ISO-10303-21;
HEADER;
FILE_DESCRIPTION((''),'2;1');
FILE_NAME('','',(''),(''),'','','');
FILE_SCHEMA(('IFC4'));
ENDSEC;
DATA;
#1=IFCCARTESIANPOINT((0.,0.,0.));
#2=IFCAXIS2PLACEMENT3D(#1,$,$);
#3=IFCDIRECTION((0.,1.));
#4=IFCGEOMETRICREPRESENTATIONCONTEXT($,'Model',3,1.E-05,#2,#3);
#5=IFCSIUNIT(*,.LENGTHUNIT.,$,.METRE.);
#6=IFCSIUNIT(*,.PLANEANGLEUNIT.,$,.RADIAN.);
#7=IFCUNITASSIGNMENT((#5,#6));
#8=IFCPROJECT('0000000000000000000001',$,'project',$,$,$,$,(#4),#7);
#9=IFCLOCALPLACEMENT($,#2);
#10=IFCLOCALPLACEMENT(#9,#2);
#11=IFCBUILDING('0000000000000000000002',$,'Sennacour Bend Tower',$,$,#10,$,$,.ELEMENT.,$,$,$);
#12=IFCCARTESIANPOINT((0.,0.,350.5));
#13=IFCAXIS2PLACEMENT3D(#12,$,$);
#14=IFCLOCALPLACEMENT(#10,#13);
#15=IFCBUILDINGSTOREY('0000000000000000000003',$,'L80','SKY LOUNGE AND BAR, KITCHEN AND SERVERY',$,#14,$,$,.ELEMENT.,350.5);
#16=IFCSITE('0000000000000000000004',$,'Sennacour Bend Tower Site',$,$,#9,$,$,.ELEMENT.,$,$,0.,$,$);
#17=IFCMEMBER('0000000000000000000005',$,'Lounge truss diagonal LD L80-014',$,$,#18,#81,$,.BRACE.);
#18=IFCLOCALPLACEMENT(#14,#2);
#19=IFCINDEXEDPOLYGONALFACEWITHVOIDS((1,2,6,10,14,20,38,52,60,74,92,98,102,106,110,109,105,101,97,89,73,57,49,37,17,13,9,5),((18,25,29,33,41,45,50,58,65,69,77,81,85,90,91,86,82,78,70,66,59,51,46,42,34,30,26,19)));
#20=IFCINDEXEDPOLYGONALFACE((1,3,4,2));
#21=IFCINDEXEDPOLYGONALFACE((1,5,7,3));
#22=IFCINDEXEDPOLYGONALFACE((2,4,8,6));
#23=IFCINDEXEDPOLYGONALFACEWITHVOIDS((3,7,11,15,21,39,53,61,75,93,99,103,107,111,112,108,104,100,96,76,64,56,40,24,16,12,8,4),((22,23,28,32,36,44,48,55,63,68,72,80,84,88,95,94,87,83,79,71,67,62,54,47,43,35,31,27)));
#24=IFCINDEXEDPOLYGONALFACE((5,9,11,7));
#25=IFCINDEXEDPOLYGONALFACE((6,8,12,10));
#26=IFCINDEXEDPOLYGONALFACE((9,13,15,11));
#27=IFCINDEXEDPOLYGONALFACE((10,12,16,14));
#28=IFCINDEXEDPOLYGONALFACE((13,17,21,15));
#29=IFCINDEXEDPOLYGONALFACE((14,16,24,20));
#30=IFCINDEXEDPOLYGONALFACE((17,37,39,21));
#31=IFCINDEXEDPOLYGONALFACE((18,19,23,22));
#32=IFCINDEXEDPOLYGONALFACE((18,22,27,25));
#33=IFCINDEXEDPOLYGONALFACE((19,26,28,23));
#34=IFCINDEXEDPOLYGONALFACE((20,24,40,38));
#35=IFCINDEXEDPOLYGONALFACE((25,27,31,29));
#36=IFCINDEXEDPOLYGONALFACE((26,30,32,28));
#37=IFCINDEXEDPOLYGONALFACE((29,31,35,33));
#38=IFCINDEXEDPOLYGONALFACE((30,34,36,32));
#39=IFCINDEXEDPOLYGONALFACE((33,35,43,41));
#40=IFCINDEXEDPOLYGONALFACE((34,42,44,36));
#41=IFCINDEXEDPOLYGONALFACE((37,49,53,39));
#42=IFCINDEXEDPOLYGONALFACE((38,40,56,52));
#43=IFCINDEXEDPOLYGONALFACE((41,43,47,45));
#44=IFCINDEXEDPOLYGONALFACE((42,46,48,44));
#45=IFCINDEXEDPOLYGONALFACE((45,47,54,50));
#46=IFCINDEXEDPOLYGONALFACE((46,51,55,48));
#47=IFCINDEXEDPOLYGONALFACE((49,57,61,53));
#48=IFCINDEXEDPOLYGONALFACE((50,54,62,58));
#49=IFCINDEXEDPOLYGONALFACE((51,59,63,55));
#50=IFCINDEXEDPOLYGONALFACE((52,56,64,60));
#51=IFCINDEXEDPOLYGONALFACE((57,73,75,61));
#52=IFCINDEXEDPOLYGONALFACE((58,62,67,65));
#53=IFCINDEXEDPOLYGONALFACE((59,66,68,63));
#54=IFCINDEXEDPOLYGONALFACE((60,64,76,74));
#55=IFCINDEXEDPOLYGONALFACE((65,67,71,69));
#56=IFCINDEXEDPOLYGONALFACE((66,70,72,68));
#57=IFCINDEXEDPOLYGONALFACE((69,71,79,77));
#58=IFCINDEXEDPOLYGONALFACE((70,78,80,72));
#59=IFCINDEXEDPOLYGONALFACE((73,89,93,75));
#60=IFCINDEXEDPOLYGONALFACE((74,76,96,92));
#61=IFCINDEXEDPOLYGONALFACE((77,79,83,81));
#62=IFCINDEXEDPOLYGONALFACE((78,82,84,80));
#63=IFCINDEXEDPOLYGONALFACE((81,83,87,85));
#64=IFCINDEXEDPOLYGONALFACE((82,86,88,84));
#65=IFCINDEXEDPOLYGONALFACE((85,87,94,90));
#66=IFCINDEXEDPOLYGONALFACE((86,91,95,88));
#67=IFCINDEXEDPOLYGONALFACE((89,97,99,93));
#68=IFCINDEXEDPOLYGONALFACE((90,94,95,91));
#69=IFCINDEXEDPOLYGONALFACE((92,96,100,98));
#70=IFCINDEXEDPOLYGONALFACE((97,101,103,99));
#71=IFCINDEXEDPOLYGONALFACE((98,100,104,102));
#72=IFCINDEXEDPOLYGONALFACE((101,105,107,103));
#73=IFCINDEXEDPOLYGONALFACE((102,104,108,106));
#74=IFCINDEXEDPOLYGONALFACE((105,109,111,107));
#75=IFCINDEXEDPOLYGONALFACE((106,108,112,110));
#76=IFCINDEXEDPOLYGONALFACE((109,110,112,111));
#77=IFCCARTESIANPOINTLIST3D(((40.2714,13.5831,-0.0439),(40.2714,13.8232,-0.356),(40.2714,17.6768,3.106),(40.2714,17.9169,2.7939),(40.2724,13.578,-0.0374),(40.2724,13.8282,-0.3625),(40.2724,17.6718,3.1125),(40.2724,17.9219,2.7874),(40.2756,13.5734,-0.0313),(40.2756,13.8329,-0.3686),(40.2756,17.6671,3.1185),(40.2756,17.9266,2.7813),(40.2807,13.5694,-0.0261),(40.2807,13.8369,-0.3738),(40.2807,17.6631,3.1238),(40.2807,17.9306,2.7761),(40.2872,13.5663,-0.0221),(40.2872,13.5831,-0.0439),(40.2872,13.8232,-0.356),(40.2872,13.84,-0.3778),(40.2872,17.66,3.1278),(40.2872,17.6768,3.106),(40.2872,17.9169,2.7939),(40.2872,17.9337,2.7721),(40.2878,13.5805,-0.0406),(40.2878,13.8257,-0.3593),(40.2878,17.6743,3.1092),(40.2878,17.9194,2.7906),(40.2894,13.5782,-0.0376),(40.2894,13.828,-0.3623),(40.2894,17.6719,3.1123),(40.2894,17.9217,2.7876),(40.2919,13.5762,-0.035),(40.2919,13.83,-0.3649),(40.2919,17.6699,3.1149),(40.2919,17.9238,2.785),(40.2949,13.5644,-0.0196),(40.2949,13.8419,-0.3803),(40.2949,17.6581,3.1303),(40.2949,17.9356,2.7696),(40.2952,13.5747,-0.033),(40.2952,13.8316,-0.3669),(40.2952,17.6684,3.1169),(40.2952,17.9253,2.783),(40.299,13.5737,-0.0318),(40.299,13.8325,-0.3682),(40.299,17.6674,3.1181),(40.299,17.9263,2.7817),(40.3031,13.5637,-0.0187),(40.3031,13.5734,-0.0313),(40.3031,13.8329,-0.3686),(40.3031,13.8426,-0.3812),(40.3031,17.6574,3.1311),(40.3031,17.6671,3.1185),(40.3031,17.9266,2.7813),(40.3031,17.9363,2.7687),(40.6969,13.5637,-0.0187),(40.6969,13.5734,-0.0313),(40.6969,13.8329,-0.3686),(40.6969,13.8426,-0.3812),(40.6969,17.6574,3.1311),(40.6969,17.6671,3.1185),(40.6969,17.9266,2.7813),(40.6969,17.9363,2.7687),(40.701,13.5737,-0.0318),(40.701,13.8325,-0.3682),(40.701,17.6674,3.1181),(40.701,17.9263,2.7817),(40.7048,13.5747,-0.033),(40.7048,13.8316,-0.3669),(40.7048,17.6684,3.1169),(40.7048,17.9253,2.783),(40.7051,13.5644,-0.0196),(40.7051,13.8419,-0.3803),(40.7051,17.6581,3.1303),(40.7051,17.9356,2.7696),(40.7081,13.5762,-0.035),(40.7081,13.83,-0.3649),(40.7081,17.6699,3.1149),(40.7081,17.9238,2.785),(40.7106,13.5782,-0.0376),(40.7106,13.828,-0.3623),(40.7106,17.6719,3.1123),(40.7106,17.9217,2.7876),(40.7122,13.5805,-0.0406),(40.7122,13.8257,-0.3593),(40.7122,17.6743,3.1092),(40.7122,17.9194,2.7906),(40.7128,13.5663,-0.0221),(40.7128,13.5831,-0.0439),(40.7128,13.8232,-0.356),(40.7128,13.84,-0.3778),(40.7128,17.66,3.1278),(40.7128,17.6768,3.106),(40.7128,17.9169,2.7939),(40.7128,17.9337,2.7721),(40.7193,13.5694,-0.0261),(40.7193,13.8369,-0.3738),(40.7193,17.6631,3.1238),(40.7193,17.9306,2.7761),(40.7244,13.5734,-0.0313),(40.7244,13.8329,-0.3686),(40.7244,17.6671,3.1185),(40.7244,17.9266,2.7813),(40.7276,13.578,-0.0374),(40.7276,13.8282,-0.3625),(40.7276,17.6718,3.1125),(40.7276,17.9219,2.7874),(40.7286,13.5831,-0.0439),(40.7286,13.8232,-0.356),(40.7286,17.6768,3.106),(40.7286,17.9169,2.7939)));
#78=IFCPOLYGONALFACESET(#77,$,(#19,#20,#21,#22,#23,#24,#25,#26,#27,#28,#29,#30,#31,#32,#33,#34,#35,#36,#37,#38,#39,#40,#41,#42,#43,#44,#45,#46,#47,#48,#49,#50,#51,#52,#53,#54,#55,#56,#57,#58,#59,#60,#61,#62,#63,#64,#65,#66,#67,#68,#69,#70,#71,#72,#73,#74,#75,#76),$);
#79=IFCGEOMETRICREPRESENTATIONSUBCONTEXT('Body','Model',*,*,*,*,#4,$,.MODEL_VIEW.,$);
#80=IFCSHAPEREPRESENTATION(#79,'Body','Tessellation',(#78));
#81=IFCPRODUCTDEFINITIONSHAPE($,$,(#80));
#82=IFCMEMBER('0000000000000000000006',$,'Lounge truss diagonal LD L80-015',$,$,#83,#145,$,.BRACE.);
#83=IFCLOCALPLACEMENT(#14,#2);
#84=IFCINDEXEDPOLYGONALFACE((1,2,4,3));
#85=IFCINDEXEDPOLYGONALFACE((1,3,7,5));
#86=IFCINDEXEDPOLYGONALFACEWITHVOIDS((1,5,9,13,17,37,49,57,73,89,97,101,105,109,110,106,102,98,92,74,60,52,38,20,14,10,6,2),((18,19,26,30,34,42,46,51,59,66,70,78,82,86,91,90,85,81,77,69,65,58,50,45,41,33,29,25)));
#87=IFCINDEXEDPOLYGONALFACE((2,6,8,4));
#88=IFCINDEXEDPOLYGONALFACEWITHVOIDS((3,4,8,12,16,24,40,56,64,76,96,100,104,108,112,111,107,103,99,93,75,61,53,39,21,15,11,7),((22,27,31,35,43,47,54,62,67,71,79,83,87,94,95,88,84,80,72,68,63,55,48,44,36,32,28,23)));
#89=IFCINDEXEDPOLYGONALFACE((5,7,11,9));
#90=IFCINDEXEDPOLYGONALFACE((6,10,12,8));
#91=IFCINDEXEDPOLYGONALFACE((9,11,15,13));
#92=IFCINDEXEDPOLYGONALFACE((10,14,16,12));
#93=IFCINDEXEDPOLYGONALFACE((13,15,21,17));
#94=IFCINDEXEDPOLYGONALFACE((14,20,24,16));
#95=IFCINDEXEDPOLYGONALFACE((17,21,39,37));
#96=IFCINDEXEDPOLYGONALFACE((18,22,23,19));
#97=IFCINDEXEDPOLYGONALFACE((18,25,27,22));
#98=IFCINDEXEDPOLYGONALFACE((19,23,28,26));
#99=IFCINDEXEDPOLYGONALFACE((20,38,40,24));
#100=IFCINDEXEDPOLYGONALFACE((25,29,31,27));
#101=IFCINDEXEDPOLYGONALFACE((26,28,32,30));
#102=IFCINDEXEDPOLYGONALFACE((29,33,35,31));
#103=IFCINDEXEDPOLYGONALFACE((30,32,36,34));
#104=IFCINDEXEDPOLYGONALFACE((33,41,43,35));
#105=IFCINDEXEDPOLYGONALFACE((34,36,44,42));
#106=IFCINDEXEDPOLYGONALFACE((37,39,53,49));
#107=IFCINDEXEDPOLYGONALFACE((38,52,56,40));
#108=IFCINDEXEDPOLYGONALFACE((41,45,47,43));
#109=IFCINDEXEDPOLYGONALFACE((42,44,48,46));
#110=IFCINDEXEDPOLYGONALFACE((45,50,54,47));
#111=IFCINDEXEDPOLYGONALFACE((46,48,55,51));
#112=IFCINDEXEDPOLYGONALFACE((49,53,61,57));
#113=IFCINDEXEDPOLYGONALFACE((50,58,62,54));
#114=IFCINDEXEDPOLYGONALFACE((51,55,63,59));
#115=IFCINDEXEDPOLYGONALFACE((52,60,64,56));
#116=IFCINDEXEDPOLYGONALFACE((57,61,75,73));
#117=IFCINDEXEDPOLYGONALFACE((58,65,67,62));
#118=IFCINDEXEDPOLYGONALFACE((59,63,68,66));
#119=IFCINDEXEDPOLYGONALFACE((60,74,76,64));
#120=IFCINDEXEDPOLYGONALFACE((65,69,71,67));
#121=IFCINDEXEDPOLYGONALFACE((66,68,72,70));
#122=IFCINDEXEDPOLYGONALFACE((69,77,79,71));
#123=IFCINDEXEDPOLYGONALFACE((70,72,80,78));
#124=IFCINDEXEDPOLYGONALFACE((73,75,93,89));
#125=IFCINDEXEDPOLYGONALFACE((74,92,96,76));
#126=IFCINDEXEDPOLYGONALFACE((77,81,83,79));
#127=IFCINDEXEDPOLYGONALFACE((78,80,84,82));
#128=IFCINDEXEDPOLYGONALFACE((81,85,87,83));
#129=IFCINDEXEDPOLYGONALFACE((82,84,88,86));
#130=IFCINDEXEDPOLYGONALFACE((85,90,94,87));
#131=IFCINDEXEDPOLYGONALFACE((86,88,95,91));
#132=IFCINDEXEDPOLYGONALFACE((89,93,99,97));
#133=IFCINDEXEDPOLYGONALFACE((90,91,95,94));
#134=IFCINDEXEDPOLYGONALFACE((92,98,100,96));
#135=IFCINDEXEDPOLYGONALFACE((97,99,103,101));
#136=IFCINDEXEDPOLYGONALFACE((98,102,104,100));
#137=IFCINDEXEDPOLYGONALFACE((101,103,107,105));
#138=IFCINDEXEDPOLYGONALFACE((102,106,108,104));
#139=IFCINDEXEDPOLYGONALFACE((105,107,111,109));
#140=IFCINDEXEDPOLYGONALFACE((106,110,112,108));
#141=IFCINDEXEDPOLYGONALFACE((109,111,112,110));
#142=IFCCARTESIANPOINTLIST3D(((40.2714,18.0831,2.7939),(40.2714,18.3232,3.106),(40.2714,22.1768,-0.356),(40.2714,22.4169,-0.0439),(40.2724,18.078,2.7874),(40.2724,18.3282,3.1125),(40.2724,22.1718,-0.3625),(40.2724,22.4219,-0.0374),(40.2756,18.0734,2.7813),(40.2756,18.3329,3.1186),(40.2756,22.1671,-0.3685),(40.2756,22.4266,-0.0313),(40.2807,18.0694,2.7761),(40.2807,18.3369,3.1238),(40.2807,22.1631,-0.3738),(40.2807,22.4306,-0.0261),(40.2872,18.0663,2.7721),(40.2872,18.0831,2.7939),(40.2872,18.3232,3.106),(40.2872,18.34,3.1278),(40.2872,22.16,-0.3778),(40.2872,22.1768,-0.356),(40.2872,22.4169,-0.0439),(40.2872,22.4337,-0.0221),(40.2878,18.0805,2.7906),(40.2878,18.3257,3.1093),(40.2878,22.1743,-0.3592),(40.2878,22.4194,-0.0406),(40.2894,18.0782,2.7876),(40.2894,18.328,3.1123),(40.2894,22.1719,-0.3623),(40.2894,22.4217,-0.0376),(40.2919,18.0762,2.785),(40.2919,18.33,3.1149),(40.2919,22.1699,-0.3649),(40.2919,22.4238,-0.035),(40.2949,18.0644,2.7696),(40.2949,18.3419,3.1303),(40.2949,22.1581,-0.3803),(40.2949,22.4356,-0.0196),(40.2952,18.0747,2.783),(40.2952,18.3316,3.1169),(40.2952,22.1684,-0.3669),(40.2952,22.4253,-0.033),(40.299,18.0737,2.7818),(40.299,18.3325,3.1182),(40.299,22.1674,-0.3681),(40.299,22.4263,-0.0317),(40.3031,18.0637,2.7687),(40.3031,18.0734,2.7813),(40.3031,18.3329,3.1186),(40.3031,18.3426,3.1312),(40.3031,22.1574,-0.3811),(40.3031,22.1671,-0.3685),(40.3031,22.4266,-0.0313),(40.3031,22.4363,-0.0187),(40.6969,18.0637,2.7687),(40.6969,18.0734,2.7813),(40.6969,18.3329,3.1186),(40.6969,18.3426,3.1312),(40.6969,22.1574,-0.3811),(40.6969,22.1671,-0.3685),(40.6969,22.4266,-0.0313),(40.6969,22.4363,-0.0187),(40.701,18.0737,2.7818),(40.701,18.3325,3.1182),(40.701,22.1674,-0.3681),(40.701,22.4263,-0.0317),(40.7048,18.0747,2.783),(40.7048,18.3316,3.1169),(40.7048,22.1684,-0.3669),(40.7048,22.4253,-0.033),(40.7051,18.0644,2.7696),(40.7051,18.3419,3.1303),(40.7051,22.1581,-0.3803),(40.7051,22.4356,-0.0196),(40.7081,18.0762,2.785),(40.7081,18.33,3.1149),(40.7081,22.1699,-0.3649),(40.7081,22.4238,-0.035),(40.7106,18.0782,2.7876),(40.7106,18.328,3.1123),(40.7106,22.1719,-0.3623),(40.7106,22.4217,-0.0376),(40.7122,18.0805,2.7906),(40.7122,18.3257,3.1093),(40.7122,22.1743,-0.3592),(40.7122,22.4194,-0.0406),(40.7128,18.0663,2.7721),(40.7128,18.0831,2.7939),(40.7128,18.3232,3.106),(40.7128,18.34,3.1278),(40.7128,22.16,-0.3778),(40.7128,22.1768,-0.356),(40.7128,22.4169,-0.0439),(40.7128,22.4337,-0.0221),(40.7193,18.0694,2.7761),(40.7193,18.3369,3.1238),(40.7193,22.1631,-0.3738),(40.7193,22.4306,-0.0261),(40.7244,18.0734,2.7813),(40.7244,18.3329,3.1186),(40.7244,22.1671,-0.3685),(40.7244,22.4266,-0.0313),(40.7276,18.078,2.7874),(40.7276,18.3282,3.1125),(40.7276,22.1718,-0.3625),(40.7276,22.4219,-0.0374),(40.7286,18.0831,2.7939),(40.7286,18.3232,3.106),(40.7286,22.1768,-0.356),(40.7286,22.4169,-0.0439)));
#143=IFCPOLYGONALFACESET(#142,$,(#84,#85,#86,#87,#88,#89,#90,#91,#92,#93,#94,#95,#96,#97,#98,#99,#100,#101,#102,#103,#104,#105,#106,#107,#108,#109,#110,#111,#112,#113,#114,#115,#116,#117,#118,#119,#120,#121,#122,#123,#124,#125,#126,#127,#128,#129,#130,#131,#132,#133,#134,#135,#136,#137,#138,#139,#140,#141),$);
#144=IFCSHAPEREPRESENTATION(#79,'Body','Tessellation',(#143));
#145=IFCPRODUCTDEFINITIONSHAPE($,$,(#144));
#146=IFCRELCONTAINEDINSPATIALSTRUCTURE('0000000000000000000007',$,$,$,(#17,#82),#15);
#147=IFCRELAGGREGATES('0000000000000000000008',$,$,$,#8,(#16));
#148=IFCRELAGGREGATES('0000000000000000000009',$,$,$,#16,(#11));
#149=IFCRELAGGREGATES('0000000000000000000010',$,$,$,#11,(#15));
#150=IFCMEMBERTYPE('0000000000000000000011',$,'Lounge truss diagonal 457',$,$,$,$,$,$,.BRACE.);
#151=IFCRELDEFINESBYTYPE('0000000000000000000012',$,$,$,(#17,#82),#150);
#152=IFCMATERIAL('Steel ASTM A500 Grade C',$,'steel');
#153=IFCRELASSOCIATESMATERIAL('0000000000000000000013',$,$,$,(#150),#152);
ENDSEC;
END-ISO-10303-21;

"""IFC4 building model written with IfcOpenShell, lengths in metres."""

from ifc_helpers import new_model, si_unit, direction, frame, origin, origin_2d, place, context, subcontext, project, spatial, hollow_rectangle, extrude, material, material_profile, profile_set, type_object, element, save


model = new_model("IFC4")

# Units and contexts
model_context = context("Model", 3, precision=1e-05, world=origin(), true_north=direction((0.0, 1.0)))
body_context = subcontext(model_context, "Body", "Model", "MODEL_VIEW")
ifc_project = project(units=[si_unit("LENGTHUNIT", "METRE"), si_unit("PLANEANGLEUNIT", "RADIAN")], contexts=[model_context])

# Site, building, storey
site_placement = place(None, origin())
site = spatial("IfcSite", under=ifc_project, at=site_placement, Name="Sennacour Bend Tower Site", CompositionType="ELEMENT", RefElevation=0.0)
building_placement = place(site_placement, origin())
building = spatial("IfcBuilding", under=site, at=building_placement, Name="Sennacour Bend Tower", CompositionType="ELEMENT")
storey_placement = place(building_placement, frame((0.0, 0.0, 350.5)))
storey = spatial("IfcBuildingStorey", under=building, at=storey_placement, Name="L80", Description="SKY LOUNGE AND BAR, KITCHEN AND SERVERY", CompositionType="ELEMENT", Elevation=350.5)

# Members
ifc_material_1 = material(Name="Steel ASTM A500 Grade C", Category="steel")
ifc_material_profile_1 = material_profile(ifc_material_1, hollow_rectangle(XDim=0.4573, YDim=0.4573, WallThickness=0.0159, InnerFilletRadius=0.0159, OuterFilletRadius=0.0317, at=origin_2d()), Name="Steel ASTM A500 Grade C", Category="steel")
ifc_profile_set_1 = profile_set([ifc_material_profile_1], Name="Steel ASTM A500 Grade C")
member_type_1 = type_object("IfcMemberType", Name="Lounge truss diagonal 457", PredefinedType="BRACE", material=ifc_profile_set_1)
for number, where, z_axis, x_axis, name in (
    (1, (40.5, 13.7031, -0.2), (0.0, 0.792543, 0.609816), (-1.0, 0.0, 0.0), "Lounge truss diagonal LD L80-014"),
    (2, (40.5, 18.2031, 2.95), (0.0, 0.792543, -0.609816), (-1.0, 0.0, 0.0), "Lounge truss diagonal LD L80-015"),
):
    element("IfcMember", number, at=place(storey_placement, frame(where, z_axis=z_axis, x_axis=x_axis)), inside=storey, type_object=member_type_1, Name=name, PredefinedType="BRACE", context=body_context, shape_type="SweptSolid", body=[
        extrude(hollow_rectangle(XDim=0.4573, YDim=0.4573, WallThickness=0.0159, InnerFilletRadius=0.0159, OuterFilletRadius=0.0317, at=origin_2d()), origin(), (0.0, 0.0, 1.0), 5.1653),
    ])

save(model, "model.ifc")
